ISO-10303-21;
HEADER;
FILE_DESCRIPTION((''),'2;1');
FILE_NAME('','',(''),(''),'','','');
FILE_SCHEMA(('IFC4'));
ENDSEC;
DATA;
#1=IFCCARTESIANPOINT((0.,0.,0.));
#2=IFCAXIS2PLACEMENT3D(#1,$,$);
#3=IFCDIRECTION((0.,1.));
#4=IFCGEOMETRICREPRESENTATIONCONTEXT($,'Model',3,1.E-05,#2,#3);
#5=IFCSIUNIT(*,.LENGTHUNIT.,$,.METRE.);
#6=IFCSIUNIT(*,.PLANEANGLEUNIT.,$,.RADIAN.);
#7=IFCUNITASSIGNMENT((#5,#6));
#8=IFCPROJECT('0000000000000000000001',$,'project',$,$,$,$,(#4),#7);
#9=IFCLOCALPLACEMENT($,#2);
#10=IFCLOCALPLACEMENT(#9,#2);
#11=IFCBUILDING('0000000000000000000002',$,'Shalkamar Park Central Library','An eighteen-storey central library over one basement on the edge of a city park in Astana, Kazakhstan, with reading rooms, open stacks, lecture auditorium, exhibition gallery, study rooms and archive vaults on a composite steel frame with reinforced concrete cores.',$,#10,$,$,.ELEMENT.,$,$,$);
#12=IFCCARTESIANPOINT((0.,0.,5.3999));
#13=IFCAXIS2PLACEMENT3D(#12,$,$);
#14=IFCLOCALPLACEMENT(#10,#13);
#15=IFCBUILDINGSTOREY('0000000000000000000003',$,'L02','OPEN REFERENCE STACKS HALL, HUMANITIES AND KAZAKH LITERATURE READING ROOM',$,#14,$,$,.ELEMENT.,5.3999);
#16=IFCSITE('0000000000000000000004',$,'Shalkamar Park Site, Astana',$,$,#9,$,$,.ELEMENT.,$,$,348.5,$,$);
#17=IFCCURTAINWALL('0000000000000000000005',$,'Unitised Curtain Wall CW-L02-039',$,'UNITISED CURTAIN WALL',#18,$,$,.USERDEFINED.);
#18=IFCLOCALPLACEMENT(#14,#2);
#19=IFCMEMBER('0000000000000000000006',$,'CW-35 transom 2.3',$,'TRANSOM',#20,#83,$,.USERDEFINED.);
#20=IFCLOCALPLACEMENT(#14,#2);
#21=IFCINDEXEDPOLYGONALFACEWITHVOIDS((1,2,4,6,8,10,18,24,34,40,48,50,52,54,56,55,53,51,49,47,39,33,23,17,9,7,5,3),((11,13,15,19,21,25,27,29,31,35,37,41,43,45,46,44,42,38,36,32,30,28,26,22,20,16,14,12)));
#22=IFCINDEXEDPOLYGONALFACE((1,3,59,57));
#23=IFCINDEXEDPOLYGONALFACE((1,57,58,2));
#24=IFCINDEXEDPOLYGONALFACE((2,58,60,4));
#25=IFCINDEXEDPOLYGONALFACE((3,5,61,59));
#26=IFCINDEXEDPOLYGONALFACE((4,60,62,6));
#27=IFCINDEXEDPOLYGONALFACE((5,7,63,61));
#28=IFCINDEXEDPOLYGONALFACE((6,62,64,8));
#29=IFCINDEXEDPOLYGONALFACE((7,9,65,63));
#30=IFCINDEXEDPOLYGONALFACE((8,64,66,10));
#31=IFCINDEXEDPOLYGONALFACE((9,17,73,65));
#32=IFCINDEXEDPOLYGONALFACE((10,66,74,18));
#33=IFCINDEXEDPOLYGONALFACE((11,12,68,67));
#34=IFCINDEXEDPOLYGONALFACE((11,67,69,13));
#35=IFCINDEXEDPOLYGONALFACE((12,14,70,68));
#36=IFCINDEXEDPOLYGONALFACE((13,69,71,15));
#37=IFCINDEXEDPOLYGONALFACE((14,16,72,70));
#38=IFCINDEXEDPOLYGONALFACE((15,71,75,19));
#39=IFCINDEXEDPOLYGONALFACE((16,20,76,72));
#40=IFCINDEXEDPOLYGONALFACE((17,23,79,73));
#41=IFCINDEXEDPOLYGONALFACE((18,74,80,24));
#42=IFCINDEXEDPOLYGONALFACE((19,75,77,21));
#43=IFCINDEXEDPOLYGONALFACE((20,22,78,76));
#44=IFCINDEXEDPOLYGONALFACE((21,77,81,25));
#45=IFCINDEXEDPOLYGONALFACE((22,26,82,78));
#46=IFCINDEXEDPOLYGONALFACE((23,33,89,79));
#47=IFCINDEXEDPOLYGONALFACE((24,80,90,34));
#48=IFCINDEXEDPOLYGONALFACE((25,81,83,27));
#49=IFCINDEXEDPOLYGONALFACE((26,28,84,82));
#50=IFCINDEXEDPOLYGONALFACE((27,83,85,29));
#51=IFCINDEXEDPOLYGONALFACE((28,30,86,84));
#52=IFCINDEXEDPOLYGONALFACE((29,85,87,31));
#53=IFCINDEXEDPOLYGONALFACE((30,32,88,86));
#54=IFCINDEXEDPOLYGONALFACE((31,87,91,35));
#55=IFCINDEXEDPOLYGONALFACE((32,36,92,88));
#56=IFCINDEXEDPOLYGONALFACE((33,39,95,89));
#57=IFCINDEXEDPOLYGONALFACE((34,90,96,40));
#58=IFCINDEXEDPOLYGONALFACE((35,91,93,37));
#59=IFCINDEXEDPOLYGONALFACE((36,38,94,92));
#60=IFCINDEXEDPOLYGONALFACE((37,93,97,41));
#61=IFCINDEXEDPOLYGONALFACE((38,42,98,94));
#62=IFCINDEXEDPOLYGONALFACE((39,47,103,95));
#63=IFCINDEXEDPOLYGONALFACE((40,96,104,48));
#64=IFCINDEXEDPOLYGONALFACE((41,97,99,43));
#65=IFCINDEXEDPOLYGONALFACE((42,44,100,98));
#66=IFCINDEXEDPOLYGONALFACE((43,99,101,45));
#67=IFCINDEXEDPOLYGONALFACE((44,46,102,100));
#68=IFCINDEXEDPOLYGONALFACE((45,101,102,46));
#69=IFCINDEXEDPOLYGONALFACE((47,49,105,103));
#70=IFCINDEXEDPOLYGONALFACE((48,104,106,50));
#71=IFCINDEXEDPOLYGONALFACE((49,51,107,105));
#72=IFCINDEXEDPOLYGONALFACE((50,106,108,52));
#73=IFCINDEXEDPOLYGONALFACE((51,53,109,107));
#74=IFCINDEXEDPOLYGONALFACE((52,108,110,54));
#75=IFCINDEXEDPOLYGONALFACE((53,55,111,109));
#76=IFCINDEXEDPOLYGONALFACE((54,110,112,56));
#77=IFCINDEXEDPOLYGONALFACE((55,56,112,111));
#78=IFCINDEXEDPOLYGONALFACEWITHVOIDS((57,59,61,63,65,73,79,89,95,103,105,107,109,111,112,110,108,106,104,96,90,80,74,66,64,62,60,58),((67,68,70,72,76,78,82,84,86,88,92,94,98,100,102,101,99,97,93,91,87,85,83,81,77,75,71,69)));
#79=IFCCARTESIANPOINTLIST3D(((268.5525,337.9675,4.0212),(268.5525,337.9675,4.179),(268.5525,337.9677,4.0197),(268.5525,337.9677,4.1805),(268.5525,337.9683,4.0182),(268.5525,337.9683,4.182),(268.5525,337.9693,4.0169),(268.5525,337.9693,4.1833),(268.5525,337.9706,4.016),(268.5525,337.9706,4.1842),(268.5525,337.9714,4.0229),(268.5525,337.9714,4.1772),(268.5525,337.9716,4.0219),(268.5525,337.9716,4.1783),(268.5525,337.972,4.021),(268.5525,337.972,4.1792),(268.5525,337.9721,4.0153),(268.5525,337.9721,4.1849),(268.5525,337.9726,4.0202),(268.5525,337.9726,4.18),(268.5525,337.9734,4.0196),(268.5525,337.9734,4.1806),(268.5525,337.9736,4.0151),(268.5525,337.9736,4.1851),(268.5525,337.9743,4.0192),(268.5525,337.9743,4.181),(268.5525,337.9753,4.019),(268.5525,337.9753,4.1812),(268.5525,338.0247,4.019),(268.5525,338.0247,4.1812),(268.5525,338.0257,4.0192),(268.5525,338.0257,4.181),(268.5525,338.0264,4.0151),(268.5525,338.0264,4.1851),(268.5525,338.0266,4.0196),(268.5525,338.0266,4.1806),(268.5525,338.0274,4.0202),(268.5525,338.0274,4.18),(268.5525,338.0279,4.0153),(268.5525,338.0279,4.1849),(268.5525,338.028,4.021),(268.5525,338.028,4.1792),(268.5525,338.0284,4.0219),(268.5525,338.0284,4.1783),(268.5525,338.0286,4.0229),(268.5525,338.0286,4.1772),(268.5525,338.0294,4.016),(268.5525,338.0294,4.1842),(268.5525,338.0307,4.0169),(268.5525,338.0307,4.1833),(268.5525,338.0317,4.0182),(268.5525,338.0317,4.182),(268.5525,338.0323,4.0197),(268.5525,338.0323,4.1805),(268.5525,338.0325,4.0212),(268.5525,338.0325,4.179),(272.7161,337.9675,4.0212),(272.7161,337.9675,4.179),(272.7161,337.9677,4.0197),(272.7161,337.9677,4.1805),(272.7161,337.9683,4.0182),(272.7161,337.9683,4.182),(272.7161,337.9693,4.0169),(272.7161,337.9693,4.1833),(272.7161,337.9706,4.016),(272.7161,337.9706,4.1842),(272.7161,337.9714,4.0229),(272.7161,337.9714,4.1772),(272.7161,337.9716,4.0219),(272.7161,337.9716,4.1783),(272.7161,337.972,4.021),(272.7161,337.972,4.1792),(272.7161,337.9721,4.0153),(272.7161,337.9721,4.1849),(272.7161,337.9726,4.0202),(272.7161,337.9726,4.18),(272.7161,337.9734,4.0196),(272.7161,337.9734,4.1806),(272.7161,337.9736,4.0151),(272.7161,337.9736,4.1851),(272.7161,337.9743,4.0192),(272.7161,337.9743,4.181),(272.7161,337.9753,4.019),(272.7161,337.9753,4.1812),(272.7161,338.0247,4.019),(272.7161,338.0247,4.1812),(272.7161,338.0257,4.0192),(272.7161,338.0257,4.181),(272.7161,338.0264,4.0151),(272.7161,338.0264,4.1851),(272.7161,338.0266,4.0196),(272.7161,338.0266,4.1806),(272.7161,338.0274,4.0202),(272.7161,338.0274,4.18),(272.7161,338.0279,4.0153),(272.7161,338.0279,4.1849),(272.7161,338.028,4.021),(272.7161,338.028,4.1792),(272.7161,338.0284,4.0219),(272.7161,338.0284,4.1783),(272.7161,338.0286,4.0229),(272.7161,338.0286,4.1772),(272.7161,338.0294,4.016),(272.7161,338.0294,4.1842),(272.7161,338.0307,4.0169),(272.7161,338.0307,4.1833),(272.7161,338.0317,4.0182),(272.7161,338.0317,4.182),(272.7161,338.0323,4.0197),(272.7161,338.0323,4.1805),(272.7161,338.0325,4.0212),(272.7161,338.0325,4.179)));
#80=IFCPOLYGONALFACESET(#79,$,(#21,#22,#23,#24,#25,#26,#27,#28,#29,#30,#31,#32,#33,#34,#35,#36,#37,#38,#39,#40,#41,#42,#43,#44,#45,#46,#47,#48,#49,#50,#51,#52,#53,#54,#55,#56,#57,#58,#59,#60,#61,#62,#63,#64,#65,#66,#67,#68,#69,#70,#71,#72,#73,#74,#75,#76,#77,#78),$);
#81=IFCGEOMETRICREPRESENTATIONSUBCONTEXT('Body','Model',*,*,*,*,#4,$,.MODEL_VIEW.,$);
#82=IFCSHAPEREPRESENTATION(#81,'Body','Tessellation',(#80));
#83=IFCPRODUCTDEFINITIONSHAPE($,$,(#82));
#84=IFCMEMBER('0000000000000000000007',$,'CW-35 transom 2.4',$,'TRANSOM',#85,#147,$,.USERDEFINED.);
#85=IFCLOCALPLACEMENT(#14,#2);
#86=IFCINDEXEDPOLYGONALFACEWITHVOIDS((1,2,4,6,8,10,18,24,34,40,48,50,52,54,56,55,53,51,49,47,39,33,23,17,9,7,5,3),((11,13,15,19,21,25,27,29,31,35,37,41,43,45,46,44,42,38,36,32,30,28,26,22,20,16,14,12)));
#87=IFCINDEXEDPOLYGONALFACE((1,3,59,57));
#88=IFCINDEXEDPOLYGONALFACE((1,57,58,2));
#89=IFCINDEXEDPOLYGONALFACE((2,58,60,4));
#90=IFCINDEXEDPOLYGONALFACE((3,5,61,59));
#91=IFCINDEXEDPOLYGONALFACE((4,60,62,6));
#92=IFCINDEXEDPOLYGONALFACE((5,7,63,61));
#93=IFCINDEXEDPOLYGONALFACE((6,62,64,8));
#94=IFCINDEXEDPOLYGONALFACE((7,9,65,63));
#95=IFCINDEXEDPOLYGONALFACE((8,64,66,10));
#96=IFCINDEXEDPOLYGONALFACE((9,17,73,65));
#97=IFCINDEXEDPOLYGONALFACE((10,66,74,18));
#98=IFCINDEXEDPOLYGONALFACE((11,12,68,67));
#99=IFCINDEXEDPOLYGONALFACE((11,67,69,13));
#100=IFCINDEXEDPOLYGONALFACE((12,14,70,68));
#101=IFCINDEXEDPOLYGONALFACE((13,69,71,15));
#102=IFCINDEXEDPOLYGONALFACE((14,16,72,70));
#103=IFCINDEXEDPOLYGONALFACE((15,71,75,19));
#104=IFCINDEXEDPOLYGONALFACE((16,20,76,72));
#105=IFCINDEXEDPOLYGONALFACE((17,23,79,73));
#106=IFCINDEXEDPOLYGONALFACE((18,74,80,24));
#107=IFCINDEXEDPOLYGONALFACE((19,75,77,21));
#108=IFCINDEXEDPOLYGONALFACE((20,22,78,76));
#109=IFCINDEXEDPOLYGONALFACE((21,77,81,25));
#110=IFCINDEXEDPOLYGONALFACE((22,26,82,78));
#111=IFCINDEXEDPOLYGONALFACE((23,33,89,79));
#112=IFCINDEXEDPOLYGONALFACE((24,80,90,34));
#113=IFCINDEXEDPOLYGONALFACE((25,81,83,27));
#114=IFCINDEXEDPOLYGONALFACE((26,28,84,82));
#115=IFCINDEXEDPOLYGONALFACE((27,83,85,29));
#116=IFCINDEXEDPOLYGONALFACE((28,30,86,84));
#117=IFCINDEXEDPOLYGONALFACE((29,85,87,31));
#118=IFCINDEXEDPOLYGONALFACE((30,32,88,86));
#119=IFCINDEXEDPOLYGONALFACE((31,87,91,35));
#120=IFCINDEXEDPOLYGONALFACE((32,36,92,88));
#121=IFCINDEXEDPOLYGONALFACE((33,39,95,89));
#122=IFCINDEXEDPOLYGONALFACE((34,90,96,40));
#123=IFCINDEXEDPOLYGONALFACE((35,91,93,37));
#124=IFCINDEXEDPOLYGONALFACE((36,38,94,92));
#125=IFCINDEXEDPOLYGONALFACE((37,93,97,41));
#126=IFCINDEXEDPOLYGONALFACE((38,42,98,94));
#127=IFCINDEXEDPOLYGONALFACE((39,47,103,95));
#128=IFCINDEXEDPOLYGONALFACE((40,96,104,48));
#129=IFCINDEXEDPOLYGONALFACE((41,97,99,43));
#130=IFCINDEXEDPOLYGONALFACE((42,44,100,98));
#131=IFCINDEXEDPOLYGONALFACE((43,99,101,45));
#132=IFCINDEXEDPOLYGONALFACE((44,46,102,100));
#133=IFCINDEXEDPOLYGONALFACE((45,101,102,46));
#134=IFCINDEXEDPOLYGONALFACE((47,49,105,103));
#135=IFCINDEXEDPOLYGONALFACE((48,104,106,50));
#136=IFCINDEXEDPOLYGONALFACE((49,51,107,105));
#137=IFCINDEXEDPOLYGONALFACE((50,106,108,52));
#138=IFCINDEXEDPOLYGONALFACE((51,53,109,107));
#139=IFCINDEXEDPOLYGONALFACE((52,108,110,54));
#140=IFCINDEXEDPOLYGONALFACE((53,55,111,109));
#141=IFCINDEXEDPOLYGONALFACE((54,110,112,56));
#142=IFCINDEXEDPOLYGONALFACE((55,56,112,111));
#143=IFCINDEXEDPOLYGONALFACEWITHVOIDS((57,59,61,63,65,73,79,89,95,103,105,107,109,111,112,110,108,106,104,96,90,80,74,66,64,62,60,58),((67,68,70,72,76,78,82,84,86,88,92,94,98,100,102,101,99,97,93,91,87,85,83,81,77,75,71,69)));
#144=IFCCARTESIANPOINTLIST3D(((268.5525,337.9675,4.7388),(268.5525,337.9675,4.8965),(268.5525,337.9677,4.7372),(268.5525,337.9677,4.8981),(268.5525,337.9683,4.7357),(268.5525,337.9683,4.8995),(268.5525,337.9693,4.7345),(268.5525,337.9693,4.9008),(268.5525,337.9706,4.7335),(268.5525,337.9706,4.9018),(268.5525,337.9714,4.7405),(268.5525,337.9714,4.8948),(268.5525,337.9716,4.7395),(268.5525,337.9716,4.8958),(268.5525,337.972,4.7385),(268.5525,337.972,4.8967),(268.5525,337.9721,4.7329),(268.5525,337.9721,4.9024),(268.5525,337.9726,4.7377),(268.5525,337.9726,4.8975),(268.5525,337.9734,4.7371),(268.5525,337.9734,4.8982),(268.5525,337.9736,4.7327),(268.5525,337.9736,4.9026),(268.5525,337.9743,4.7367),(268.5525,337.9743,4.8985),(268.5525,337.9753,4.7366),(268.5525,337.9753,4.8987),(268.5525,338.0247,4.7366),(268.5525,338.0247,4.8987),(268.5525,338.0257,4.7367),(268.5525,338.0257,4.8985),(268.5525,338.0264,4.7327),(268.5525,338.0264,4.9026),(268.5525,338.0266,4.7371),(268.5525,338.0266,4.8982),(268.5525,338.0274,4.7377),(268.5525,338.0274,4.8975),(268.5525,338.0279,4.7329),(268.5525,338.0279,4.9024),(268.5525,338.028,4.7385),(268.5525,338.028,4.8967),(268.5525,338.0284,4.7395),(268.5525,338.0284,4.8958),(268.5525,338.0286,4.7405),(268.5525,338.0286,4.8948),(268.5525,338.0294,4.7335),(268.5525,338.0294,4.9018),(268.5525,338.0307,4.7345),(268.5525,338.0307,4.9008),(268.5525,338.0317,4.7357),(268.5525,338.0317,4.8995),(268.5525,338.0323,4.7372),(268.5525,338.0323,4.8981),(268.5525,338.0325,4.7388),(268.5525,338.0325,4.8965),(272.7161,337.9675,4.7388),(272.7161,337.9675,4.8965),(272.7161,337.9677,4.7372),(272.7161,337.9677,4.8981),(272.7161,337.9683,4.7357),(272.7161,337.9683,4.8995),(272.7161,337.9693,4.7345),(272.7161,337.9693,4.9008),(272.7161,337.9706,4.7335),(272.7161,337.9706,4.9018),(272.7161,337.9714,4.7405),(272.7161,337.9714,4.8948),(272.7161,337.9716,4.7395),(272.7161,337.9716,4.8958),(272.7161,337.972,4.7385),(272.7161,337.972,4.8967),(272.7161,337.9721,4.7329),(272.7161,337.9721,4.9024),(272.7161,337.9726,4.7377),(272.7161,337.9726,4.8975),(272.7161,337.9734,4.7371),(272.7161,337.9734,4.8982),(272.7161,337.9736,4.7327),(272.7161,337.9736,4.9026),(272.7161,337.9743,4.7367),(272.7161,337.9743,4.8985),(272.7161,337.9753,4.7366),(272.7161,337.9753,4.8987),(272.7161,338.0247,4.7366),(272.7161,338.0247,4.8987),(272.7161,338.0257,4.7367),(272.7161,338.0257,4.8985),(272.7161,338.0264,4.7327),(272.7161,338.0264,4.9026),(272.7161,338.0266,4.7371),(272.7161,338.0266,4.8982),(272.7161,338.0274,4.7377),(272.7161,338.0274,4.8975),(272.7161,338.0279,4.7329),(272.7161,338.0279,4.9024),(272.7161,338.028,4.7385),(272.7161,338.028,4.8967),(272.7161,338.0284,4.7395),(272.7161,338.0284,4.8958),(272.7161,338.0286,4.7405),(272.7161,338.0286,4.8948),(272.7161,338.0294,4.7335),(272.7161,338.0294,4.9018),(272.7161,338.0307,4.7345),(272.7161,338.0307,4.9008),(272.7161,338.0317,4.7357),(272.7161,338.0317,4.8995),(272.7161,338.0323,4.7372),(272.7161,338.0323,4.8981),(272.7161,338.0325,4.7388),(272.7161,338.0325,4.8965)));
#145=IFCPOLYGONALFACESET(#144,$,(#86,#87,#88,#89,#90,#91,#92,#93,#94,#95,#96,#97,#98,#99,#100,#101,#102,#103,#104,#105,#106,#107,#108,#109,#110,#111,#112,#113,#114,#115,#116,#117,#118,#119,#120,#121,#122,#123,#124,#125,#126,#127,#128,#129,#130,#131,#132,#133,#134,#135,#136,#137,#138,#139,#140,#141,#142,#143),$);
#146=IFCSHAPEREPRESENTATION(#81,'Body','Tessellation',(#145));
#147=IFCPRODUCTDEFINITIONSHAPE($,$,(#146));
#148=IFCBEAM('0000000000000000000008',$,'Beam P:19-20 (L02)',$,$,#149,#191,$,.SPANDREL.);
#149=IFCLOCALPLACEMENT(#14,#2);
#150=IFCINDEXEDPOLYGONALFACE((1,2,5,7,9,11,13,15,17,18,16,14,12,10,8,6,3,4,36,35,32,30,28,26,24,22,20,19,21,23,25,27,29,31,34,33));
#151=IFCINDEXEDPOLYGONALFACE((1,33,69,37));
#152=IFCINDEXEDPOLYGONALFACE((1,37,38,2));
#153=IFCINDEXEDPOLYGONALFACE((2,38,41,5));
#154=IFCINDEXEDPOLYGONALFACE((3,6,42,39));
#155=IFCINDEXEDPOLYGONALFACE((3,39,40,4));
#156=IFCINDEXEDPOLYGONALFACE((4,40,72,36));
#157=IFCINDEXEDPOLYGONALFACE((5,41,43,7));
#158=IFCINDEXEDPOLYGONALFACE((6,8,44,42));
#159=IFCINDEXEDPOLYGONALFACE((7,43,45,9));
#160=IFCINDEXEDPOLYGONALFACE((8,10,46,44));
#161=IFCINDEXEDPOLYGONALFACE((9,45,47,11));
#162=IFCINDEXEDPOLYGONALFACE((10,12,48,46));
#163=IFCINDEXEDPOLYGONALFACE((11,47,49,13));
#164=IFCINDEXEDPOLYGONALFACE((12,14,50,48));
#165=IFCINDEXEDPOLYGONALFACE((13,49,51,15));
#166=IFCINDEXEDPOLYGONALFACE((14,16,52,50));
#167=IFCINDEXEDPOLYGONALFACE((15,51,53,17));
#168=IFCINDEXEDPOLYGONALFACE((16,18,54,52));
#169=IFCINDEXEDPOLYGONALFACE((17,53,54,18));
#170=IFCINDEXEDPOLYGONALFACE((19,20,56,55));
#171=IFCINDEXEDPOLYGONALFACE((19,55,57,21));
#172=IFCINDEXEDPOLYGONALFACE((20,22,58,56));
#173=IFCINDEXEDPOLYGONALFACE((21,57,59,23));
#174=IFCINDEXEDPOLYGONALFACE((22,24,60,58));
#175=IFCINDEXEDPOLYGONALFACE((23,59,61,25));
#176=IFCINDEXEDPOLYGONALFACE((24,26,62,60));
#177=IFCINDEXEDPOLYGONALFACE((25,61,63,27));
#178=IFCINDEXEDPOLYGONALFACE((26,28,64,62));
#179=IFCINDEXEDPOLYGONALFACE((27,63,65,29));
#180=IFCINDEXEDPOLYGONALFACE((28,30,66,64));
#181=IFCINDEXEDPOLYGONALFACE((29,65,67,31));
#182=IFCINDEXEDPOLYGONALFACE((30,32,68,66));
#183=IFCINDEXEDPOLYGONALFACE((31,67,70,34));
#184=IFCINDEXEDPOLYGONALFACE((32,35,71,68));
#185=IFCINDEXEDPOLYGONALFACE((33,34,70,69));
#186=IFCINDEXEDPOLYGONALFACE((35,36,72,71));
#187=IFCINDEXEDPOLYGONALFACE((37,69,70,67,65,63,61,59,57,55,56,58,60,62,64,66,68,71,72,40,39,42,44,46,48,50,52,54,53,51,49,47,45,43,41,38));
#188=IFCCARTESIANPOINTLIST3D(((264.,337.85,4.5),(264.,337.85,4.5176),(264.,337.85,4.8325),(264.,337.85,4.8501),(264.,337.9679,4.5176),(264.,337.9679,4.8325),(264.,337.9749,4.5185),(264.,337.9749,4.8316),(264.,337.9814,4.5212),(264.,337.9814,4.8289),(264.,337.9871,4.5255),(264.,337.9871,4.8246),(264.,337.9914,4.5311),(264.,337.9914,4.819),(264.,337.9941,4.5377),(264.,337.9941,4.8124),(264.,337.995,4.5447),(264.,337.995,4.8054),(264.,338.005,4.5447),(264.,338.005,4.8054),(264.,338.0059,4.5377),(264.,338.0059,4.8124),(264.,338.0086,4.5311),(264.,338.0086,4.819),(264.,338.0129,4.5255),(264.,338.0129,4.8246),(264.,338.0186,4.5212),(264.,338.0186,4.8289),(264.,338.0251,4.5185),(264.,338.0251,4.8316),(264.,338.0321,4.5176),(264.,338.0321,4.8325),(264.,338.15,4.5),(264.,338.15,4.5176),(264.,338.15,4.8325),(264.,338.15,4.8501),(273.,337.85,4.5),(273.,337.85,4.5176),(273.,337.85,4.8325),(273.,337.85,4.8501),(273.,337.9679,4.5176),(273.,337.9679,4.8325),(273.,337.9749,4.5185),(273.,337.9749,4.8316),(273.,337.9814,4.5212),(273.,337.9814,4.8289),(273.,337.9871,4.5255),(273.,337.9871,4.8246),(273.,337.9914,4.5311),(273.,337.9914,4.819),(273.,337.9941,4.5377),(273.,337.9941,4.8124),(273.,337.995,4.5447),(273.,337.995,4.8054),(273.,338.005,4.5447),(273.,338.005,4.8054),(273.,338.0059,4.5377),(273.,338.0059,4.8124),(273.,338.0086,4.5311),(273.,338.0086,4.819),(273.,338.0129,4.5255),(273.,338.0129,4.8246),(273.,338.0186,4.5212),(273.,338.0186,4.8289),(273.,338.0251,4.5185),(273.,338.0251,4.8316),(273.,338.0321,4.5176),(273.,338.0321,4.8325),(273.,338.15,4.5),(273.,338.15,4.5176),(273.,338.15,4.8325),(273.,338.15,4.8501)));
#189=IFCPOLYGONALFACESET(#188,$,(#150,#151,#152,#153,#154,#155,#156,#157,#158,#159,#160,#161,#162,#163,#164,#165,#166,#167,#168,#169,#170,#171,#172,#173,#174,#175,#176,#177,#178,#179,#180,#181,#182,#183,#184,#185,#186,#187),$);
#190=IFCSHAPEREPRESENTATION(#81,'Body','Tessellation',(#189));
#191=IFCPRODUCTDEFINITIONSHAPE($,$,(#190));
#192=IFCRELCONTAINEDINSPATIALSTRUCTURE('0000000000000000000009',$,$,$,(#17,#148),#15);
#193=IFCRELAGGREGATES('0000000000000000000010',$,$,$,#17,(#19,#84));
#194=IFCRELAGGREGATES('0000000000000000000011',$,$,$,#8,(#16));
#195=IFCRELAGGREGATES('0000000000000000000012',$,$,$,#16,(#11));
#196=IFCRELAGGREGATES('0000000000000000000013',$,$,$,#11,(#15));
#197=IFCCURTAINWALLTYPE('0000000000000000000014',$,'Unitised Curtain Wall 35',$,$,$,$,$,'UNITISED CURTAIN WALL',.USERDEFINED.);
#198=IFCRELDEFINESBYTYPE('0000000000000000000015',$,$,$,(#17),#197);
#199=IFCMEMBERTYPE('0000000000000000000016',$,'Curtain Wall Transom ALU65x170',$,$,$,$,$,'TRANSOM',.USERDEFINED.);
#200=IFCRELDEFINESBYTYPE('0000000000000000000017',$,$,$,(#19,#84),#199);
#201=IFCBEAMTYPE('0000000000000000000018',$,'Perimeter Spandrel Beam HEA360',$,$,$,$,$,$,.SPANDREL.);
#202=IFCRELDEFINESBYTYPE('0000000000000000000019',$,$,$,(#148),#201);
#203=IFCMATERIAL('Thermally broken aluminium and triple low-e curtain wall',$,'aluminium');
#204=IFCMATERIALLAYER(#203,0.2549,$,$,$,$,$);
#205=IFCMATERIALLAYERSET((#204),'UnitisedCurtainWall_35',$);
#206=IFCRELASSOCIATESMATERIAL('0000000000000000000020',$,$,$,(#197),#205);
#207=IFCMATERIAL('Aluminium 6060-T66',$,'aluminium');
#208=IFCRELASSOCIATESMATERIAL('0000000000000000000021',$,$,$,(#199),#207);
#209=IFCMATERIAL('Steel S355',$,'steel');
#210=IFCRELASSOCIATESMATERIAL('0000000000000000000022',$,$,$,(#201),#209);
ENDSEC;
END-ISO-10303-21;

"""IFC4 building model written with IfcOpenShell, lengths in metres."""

from ifc_helpers import new_model, si_unit, direction, frame, origin, origin_2d, place, context, subcontext, project, spatial, hollow_rectangle, i_section, extrude, material, layer, layer_set, material_profile, profile_set, type_object, element, aggregate, save


model = new_model("IFC4")

# Units and contexts
model_context = context("Model", 3, precision=1e-05, world=origin(), true_north=direction((0.0, 1.0)))
body_context = subcontext(model_context, "Body", "Model", "MODEL_VIEW")
ifc_project = project(units=[si_unit("LENGTHUNIT", "METRE"), si_unit("PLANEANGLEUNIT", "RADIAN")], contexts=[model_context])

# Site, building, storey
site_placement = place(None, origin())
site = spatial("IfcSite", under=ifc_project, at=site_placement, Name="Shalkamar Park Site, Astana", CompositionType="ELEMENT", RefElevation=348.5)
building_placement = place(site_placement, origin())
building = spatial("IfcBuilding", under=site, at=building_placement, Name="Shalkamar Park Central Library", Description="An eighteen-storey central library over one basement on the edge of a city park in Astana, Kazakhstan, with reading rooms, open stacks, lecture auditorium, exhibition gallery, study rooms and archive vaults on a composite steel frame with reinforced concrete cores.", CompositionType="ELEMENT")
storey_placement = place(building_placement, frame((0.0, 0.0, 5.3999)))
storey = spatial("IfcBuildingStorey", under=building, at=storey_placement, Name="L02", Description="OPEN REFERENCE STACKS HALL, HUMANITIES AND KAZAKH LITERATURE READING ROOM", CompositionType="ELEMENT", Elevation=5.3999)

# Shared definitions
ifc_material_1 = material(Name="Steel S355", Category="steel")

# Shared definitions
ifc_material_2 = material(Name="Thermally broken aluminium and triple low-e curtain wall", Category="aluminium")
ifc_material_3 = material(Name="Aluminium 6060-T66", Category="aluminium")

# Curtain wall
ifc_layer_1 = layer(ifc_material_2, 0.2549)
ifc_layer_set_1 = layer_set([ifc_layer_1], Name="UnitisedCurtainWall_35")
curtain_wall_type_1 = type_object("IfcCurtainWallType", Name="Unitised Curtain Wall 35", ElementType="UNITISED CURTAIN WALL", PredefinedType="USERDEFINED", material=ifc_layer_set_1)
curtain_wall_1_placement = place(storey_placement, origin())
curtain_wall_1 = element("IfcCurtainWall", 1, at=curtain_wall_1_placement, inside=storey, type_object=curtain_wall_type_1, Name="Unitised Curtain Wall CW-L02-039", ObjectType="UNITISED CURTAIN WALL", PredefinedType="USERDEFINED")

# Members
ifc_material_profile_1 = material_profile(ifc_material_3, hollow_rectangle(XDim=0.0649, YDim=0.1699, WallThickness=0.0039, InnerFilletRadius=0.0039, OuterFilletRadius=0.0061, at=origin_2d()), Name="ALU 65x170x4")
ifc_profile_set_1 = profile_set([ifc_material_profile_1], Name="Aluminium 6060-T66")
member_type_1 = type_object("IfcMemberType", Name="Curtain Wall Transom ALU65x170", ElementType="TRANSOM", PredefinedType="USERDEFINED", material=ifc_profile_set_1)
member_1_placement = place(storey_placement, frame((268.5525, 338.0, 4.1001), z_axis=(1.0, 0.0, 0.0), x_axis=(0.0, 1.0, 0.0)))
member_1 = element("IfcMember", 2, at=member_1_placement, type_object=member_type_1, Name="CW-35 transom 2.3", ObjectType="TRANSOM", PredefinedType="USERDEFINED", context=body_context, shape_type="SweptSolid", body=[
    extrude(hollow_rectangle(XDim=0.0649, YDim=0.1699, WallThickness=0.0039, InnerFilletRadius=0.0039, OuterFilletRadius=0.0061, at=origin_2d()), origin(), (0.0, 0.0, 1.0), 4.1636),
])
member_2_placement = place(storey_placement, frame((268.5525, 338.0, 4.8176), z_axis=(1.0, 0.0, 0.0), x_axis=(0.0, 1.0, 0.0)))
member_2 = element("IfcMember", 3, at=member_2_placement, type_object=member_type_1, Name="CW-35 transom 2.4", ObjectType="TRANSOM", PredefinedType="USERDEFINED", context=body_context, shape_type="SweptSolid", body=[
    extrude(hollow_rectangle(XDim=0.0649, YDim=0.1699, WallThickness=0.0039, InnerFilletRadius=0.0039, OuterFilletRadius=0.0061, at=origin_2d()), origin(), (0.0, 0.0, 1.0), 4.1636),
])

# Beam
ifc_material_profile_2 = material_profile(ifc_material_1, i_section(OverallWidth=0.3, OverallDepth=0.3501, WebThickness=0.01, FlangeThickness=0.0176, FilletRadius=0.0271, at=origin_2d()), Name="HEA 360")
ifc_profile_set_2 = profile_set([ifc_material_profile_2], Name="Steel S355")
beam_type_1 = type_object("IfcBeamType", Name="Perimeter Spandrel Beam HEA360", PredefinedType="SPANDREL", material=ifc_profile_set_2)
beam_1_placement = place(storey_placement, frame((264.0, 338.0, 4.675), z_axis=(1.0, 0.0, 0.0), x_axis=(0.0, 1.0, 0.0)))
element("IfcBeam", 4, at=beam_1_placement, inside=storey, type_object=beam_type_1, Name="Beam P:19-20 (L02)", PredefinedType="SPANDREL", context=body_context, shape_type="SweptSolid", body=[
    extrude(i_section(OverallWidth=0.3, OverallDepth=0.3501, WebThickness=0.01, FlangeThickness=0.0176, FilletRadius=0.0271, at=origin_2d()), origin(), (0.0, 0.0, 1.0), 9.0),
])

aggregate(curtain_wall_1, [member_1, member_2])

save(model, "model.ifc")
